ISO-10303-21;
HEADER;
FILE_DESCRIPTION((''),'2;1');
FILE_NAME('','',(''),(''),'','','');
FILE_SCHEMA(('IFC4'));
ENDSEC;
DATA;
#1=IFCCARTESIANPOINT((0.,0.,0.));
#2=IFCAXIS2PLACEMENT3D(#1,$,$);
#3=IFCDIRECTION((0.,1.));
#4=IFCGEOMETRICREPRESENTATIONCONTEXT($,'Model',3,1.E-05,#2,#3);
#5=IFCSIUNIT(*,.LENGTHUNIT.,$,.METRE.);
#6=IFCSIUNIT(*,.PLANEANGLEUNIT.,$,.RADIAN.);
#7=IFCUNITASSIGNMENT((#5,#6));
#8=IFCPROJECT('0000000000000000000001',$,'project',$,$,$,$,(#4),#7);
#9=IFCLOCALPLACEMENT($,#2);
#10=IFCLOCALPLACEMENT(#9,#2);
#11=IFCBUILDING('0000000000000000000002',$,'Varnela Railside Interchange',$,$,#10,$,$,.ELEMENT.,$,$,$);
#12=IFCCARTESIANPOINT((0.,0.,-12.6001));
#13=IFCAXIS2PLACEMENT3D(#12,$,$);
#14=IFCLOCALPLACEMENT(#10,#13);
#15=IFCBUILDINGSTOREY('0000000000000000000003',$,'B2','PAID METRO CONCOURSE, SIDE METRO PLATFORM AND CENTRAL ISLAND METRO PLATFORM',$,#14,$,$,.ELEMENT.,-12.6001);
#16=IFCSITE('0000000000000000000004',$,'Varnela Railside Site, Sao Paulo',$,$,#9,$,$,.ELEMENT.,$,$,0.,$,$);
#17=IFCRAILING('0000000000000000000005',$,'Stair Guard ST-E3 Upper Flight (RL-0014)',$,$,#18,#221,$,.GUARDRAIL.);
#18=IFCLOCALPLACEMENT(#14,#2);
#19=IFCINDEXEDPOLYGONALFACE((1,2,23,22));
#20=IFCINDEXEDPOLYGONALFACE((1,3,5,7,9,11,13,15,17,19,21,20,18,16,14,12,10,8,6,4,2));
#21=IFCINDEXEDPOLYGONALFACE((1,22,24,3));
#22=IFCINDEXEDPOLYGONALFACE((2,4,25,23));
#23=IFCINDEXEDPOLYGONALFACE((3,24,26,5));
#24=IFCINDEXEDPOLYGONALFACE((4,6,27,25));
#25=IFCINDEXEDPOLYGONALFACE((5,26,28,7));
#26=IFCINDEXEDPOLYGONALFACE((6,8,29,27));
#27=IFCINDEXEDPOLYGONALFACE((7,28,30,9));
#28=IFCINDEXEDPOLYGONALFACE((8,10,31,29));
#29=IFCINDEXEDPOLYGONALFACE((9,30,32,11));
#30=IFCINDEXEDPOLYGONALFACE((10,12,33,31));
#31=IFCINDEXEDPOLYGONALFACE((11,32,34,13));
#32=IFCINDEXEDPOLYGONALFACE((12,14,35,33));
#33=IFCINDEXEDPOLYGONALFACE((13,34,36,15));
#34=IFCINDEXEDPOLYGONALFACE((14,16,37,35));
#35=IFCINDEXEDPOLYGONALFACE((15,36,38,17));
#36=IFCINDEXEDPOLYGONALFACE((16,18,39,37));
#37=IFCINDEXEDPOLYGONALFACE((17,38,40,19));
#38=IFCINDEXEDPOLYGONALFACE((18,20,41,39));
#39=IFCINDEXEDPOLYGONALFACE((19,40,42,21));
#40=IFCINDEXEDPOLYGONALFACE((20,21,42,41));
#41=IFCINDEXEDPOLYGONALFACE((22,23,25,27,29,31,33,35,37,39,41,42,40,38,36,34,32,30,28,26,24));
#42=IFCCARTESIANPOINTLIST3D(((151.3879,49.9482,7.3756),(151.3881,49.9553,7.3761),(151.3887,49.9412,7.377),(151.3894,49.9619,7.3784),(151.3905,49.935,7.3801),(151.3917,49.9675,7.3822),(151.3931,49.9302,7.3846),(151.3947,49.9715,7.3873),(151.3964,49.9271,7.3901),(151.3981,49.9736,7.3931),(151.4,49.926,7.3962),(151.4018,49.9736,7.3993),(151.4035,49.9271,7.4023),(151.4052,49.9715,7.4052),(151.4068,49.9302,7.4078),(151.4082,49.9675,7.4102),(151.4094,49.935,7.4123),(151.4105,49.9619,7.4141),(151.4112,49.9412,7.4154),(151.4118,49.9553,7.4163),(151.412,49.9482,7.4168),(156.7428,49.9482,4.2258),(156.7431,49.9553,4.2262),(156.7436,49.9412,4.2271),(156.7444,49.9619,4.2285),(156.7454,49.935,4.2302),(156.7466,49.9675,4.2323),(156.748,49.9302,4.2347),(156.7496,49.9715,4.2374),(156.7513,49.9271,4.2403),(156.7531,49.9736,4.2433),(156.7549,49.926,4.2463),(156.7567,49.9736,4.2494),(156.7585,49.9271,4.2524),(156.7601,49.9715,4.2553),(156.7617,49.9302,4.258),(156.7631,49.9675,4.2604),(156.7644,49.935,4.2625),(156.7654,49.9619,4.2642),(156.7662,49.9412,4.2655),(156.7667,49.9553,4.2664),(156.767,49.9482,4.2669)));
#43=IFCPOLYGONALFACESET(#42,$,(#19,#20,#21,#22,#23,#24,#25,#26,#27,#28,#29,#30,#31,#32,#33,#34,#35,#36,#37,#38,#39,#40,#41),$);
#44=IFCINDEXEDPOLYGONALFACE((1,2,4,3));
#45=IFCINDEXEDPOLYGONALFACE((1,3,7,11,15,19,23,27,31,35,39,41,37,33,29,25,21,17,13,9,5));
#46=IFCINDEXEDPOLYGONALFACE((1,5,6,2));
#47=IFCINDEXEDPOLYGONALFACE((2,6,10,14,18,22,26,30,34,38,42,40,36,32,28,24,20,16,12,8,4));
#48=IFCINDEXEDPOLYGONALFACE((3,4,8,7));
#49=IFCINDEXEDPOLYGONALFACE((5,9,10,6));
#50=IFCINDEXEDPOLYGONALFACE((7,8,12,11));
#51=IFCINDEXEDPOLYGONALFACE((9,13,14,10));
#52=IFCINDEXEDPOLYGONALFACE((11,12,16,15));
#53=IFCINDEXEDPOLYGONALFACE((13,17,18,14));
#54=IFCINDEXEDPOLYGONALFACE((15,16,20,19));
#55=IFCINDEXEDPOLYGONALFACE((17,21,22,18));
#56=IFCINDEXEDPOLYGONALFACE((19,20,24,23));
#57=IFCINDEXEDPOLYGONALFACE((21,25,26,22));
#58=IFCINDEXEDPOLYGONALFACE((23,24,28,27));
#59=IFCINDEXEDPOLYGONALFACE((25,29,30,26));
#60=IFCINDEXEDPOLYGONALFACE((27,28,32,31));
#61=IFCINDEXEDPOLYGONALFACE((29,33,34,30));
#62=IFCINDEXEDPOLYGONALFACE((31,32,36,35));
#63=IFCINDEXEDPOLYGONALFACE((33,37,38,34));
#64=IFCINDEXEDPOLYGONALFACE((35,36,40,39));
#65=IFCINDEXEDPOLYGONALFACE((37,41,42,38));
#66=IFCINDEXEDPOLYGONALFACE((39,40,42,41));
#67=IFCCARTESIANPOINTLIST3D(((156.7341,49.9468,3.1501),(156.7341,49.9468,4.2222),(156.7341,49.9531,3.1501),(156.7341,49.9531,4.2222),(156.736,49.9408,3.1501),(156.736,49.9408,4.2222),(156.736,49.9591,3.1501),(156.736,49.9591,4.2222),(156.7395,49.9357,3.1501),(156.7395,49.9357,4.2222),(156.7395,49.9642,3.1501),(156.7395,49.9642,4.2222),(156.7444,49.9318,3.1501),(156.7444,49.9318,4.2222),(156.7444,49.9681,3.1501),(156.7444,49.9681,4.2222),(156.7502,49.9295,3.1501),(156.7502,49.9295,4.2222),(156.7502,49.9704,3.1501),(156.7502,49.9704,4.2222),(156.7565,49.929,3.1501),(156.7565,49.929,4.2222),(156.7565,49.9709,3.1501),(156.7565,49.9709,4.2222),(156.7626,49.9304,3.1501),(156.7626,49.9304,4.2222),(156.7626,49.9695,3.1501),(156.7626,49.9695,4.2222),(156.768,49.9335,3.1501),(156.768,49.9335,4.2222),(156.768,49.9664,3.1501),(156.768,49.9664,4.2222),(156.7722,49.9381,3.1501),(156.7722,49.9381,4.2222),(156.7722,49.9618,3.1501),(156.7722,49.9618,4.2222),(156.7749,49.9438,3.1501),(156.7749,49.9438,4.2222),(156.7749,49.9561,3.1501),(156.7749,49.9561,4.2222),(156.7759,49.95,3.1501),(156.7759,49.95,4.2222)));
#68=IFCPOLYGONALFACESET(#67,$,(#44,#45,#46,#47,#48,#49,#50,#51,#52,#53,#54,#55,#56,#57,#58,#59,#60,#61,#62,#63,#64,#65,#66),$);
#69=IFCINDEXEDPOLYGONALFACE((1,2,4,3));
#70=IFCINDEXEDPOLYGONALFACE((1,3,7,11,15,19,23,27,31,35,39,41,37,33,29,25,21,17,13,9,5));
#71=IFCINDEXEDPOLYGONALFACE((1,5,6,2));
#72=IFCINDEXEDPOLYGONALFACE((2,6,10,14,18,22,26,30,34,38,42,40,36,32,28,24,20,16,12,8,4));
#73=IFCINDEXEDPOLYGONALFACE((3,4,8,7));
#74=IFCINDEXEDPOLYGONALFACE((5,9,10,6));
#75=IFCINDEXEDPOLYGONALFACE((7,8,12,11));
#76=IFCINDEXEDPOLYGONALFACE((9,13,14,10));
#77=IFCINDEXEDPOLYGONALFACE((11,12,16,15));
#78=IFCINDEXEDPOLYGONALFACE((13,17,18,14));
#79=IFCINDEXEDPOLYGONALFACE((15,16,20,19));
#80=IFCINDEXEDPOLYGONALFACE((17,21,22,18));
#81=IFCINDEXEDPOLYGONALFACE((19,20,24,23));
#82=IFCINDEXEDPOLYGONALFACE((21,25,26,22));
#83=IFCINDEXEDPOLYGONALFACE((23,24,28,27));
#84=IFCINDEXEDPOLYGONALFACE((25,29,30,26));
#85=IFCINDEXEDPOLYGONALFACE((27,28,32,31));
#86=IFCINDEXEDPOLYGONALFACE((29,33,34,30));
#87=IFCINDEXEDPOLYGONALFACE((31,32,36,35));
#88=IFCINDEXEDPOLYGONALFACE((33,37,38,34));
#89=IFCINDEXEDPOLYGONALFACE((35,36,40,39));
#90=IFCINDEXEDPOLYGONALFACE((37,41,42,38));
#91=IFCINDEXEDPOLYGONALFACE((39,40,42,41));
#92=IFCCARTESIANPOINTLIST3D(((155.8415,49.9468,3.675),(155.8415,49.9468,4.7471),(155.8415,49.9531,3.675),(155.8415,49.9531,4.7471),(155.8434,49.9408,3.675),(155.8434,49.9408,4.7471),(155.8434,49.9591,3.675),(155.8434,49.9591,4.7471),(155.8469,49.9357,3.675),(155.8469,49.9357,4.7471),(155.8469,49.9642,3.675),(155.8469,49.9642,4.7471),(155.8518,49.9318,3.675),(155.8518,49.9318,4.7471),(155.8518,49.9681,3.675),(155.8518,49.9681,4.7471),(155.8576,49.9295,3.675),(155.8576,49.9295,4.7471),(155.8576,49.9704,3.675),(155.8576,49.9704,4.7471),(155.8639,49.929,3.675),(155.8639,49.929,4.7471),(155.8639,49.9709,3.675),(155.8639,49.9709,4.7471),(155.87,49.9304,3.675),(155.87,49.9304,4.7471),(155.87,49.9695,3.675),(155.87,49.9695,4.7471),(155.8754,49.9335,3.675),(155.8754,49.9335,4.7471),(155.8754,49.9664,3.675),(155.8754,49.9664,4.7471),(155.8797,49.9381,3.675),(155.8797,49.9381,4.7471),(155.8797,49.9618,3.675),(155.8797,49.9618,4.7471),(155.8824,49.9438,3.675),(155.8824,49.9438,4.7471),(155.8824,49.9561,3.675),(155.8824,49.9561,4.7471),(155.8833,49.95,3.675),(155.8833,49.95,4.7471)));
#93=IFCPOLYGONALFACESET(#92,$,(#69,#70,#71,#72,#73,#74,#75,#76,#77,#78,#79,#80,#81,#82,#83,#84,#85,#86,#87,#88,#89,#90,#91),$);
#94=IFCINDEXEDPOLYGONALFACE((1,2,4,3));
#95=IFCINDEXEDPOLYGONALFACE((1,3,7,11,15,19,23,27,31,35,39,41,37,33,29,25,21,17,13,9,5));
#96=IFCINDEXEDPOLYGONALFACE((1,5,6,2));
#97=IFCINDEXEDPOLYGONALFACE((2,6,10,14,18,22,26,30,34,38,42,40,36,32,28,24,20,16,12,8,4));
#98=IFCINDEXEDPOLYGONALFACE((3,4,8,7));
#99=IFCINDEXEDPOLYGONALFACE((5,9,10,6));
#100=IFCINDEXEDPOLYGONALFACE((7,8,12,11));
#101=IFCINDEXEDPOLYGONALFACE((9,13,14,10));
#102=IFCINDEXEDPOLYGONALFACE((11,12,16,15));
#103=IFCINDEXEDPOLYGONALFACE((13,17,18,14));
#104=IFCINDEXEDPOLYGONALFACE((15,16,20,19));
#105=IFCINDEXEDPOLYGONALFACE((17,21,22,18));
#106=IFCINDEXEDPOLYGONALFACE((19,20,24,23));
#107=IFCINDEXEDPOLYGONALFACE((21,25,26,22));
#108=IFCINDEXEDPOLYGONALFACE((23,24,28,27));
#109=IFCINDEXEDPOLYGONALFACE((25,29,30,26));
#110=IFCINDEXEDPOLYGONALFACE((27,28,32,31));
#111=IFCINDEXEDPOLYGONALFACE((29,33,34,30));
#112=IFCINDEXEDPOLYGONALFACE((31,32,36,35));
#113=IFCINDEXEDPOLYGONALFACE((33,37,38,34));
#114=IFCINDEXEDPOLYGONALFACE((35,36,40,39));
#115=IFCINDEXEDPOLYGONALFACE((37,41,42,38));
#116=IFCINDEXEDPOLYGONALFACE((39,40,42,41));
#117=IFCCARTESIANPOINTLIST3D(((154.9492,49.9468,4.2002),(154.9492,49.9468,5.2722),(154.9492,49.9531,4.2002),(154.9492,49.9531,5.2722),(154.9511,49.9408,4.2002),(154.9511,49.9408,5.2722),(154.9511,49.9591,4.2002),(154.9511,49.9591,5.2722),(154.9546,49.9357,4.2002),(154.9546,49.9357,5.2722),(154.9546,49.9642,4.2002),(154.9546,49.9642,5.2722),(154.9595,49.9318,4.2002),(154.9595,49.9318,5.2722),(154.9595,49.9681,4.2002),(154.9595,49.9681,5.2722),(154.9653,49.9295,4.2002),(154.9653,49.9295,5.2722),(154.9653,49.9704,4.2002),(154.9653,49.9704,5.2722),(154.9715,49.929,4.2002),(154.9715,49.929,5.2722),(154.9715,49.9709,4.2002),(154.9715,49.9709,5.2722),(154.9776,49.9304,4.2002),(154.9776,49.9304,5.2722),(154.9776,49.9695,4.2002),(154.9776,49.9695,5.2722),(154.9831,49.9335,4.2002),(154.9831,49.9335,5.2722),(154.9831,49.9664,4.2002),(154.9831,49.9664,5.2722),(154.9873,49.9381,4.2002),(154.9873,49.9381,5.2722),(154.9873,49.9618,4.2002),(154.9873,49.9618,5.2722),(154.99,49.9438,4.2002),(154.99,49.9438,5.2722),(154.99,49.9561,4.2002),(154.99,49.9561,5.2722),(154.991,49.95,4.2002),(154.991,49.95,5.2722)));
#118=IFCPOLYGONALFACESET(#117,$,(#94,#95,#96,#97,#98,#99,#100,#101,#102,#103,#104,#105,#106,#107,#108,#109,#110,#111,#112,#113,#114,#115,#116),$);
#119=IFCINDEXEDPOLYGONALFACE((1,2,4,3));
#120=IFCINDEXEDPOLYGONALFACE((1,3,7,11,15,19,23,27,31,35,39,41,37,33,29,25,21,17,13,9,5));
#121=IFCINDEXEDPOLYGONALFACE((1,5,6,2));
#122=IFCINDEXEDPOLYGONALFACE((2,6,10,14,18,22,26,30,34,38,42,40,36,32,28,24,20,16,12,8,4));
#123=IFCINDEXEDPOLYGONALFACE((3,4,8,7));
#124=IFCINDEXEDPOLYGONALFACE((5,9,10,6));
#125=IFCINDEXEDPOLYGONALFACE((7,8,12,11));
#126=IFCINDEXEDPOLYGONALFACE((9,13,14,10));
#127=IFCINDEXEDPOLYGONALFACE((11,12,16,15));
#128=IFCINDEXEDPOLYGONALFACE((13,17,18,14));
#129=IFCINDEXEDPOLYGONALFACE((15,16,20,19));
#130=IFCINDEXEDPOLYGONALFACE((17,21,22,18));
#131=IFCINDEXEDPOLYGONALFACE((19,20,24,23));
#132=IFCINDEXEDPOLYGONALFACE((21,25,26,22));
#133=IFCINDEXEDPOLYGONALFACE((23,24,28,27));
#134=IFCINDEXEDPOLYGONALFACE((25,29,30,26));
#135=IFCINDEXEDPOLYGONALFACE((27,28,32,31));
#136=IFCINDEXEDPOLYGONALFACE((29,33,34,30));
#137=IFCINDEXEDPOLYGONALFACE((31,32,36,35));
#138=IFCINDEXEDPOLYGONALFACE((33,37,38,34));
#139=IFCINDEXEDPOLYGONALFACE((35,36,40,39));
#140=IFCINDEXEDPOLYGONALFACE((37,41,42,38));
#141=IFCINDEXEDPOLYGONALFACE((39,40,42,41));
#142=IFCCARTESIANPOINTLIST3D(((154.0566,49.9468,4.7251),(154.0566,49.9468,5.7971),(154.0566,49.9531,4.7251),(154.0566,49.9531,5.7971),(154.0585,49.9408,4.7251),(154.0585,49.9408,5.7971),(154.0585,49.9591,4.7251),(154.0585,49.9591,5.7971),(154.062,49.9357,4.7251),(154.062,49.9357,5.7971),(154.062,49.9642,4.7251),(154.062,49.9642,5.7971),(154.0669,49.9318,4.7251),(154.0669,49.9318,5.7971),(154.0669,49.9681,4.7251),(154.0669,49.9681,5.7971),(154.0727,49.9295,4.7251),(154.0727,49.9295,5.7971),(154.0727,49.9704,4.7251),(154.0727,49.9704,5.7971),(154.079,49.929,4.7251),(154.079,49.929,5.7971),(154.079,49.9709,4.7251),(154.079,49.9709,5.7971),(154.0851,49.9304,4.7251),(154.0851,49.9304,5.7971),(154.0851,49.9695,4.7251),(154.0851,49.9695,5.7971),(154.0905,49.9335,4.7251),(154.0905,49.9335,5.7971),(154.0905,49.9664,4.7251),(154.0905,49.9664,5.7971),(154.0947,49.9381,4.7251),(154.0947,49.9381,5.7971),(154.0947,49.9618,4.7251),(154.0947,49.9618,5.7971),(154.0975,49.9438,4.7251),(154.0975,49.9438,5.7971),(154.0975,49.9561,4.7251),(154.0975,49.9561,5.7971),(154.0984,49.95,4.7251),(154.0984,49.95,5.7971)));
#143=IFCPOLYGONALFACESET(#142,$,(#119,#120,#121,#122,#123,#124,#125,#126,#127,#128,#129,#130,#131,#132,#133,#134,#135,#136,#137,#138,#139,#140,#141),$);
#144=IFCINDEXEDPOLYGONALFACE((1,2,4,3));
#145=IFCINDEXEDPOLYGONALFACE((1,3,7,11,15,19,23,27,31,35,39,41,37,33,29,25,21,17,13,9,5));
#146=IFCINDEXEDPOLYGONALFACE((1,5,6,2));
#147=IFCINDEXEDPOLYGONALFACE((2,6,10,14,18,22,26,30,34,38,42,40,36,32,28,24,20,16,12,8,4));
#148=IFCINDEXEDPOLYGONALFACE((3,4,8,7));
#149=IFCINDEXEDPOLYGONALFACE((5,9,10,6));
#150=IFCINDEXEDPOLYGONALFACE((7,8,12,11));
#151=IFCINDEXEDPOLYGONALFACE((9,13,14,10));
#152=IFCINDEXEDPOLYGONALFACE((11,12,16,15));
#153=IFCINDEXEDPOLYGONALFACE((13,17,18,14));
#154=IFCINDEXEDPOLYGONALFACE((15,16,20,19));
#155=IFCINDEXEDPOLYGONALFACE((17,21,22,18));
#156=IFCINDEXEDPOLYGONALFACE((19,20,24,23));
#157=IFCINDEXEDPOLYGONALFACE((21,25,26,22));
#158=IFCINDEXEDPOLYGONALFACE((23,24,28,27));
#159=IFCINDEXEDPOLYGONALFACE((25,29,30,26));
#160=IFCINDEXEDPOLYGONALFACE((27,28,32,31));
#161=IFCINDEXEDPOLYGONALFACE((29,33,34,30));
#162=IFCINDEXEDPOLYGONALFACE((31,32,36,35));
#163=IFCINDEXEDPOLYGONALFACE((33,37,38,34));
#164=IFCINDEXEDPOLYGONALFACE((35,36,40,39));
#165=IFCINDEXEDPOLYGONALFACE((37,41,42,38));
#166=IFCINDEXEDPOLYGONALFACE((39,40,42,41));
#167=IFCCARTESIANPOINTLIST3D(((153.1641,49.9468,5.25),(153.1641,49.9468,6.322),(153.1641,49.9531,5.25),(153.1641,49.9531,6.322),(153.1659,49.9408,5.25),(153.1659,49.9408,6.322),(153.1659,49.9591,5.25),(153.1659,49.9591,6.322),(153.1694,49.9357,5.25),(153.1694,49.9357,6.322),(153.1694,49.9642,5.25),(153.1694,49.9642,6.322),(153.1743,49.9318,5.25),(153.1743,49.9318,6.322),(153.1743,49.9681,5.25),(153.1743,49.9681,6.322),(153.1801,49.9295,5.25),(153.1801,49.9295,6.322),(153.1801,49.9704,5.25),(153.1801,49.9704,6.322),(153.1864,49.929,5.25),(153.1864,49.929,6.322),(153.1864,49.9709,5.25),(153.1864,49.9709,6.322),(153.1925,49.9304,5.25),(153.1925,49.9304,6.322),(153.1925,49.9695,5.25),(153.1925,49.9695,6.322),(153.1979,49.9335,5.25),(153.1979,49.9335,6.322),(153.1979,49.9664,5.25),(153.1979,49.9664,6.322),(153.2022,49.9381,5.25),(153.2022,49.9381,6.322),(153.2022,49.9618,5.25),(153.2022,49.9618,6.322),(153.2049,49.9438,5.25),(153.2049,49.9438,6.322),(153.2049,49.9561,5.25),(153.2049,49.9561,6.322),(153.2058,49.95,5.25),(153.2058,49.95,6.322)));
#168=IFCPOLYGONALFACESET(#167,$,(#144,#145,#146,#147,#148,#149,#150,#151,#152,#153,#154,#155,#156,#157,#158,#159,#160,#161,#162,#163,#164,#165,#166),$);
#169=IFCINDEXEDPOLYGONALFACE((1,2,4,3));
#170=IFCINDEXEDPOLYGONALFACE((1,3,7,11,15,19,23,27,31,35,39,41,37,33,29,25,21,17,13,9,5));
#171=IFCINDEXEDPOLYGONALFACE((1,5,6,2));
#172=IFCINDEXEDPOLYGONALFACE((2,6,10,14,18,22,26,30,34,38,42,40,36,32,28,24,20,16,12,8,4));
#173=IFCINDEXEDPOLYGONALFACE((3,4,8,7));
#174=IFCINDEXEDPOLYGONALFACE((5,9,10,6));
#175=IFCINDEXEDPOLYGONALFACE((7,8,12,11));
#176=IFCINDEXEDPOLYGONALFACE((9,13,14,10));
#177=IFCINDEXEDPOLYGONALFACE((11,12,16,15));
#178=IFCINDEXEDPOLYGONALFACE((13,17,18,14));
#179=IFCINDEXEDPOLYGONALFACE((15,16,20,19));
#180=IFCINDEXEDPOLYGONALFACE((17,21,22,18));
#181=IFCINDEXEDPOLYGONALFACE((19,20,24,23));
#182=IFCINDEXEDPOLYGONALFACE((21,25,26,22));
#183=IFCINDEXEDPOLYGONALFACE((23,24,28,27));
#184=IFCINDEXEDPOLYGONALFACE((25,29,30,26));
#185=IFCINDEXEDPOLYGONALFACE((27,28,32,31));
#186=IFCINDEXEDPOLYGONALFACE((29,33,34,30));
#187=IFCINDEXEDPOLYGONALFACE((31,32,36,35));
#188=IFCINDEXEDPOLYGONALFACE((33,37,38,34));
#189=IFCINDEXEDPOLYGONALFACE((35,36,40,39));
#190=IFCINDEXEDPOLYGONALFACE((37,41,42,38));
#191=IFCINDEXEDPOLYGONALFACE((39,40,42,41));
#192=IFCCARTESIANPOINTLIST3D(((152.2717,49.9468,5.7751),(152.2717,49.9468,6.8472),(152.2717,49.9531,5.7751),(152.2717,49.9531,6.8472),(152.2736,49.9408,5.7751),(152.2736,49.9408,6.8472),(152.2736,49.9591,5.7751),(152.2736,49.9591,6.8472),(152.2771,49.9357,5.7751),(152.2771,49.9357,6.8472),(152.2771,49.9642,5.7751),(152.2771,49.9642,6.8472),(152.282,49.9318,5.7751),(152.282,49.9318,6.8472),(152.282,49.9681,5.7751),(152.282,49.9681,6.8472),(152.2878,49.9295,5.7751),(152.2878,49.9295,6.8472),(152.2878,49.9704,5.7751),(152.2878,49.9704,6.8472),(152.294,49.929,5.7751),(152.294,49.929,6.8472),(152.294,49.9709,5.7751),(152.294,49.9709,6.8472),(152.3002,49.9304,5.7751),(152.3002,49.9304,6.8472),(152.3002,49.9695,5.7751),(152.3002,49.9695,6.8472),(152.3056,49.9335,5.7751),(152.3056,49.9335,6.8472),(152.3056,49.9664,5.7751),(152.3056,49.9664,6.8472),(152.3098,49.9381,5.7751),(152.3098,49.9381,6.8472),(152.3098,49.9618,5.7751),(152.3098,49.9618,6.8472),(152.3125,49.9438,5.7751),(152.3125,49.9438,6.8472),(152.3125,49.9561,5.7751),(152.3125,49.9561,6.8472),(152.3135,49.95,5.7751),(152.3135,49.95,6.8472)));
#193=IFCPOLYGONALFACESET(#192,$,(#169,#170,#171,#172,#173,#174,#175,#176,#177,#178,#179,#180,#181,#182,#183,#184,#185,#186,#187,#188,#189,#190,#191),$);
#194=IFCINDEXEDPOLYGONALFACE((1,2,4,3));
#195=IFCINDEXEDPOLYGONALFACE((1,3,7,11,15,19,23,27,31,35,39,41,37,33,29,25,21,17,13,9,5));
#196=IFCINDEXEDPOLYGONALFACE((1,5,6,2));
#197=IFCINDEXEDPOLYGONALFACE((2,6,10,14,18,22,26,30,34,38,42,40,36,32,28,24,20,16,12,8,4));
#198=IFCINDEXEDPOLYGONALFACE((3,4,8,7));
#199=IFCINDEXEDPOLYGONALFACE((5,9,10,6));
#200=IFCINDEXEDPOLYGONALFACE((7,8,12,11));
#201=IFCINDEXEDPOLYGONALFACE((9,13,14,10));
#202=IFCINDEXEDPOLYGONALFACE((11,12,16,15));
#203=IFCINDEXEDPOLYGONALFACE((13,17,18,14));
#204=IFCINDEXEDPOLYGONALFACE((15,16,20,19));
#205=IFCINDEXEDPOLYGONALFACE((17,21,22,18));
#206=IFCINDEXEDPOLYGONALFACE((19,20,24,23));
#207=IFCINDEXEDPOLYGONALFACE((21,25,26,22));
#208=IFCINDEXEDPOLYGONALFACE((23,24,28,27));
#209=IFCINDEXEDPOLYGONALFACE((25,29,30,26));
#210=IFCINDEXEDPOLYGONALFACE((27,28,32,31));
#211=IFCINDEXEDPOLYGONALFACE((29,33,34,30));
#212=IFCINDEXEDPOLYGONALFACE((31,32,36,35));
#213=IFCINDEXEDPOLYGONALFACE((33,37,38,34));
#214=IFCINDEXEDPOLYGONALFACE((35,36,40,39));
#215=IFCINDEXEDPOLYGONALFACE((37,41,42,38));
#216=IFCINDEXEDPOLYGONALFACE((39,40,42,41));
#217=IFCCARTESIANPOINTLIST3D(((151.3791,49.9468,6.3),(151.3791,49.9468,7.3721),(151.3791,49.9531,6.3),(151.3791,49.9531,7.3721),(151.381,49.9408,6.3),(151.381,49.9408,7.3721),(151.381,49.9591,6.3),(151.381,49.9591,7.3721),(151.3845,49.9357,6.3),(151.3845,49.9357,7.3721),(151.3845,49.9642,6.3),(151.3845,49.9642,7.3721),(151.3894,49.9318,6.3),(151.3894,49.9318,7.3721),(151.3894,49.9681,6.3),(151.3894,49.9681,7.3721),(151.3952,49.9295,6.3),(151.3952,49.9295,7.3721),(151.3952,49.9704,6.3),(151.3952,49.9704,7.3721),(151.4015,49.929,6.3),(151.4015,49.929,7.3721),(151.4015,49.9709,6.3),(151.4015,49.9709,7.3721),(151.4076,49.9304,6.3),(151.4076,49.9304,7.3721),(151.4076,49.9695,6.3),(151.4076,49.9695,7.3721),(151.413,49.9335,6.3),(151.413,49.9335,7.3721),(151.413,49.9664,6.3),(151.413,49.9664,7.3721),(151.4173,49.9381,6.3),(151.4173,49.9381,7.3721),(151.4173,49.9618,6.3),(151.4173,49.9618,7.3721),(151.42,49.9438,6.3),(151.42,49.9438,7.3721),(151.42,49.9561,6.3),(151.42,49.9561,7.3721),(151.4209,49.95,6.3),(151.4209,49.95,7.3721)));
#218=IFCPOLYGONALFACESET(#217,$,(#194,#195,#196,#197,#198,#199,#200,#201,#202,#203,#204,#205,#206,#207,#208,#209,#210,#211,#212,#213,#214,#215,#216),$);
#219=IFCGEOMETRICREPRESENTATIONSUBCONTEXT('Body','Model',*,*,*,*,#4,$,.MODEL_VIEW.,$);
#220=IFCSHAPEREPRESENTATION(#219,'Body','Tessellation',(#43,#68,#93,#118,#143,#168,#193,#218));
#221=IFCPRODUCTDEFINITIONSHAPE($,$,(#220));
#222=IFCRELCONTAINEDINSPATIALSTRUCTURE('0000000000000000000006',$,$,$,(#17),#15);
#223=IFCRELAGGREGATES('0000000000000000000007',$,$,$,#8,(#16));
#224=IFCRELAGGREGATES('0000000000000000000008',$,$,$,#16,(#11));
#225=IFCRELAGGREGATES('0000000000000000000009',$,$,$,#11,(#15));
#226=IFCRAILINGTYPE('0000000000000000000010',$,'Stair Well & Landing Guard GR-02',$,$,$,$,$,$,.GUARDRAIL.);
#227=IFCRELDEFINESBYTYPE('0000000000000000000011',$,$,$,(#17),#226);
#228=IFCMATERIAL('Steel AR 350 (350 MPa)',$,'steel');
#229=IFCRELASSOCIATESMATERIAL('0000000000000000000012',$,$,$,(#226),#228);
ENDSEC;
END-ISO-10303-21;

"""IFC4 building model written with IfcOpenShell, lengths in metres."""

from ifc_helpers import new_model, si_unit, direction, frame, origin, origin_2d, place, context, subcontext, project, spatial, circle, extrude, material, type_object, element, save


model = new_model("IFC4")

# Units and contexts
model_context = context("Model", 3, precision=1e-05, world=origin(), true_north=direction((0.0, 1.0)))
body_context = subcontext(model_context, "Body", "Model", "MODEL_VIEW")
ifc_project = project(units=[si_unit("LENGTHUNIT", "METRE"), si_unit("PLANEANGLEUNIT", "RADIAN")], contexts=[model_context])

# Site, building, storey
site_placement = place(None, origin())
site = spatial("IfcSite", under=ifc_project, at=site_placement, Name="Varnela Railside Site, Sao Paulo", CompositionType="ELEMENT", RefElevation=0.0)
building_placement = place(site_placement, origin())
building = spatial("IfcBuilding", under=site, at=building_placement, Name="Varnela Railside Interchange", CompositionType="ELEMENT")
storey_placement = place(building_placement, frame((0.0, 0.0, -12.6001)))
storey = spatial("IfcBuildingStorey", under=building, at=storey_placement, Name="B2", Description="PAID METRO CONCOURSE, SIDE METRO PLATFORM AND CENTRAL ISLAND METRO PLATFORM", CompositionType="ELEMENT", Elevation=-12.6001)

# Railing
ifc_material_1 = material(Name="Steel AR 350 (350 MPa)", Category="steel")
railing_type_1 = type_object("IfcRailingType", Name="Stair Well & Landing Guard GR-02", PredefinedType="GUARDRAIL", material=ifc_material_1)
railing_1_placement = place(storey_placement, frame((156.7549, 49.95, 3.1501)))
element("IfcRailing", 1, at=railing_1_placement, inside=storey, type_object=railing_type_1, Name="Stair Guard ST-E3 Upper Flight (RL-0014)", PredefinedType="GUARDRAIL", context=body_context, shape_type="SweptSolid", body=[
    extrude(circle(Radius=0.0239, at=origin_2d()), frame((0.0, 0.0, 1.0962), z_axis=(-0.86194, 0.0, 0.50701), x_axis=(0.0, -1.0, 0.0)), (0.0, 0.0, 1.0), 6.2126),
    extrude(circle(Radius=0.021, at=origin_2d()), origin(), (0.0, 0.0, 1.0), 1.072),
    extrude(circle(Radius=0.021, at=origin_2d()), frame((-0.8926, 0.0, 0.5249)), (0.0, 0.0, 1.0), 1.072),
    extrude(circle(Radius=0.021, at=origin_2d()), frame((-1.7849, 0.0, 1.05)), (0.0, 0.0, 1.0), 1.072),
    extrude(circle(Radius=0.021, at=origin_2d()), frame((-2.6775, 0.0, 1.575)), (0.0, 0.0, 1.0), 1.072),
    extrude(circle(Radius=0.021, at=origin_2d()), frame((-3.5701, 0.0, 2.0999)), (0.0, 0.0, 1.0), 1.072),
    extrude(circle(Radius=0.021, at=origin_2d()), frame((-4.4624, 0.0, 2.625)), (0.0, 0.0, 1.0), 1.072),
    extrude(circle(Radius=0.021, at=origin_2d()), frame((-5.355, 0.0, 3.1499)), (0.0, 0.0, 1.0), 1.072),
])

save(model, "model.ifc")
